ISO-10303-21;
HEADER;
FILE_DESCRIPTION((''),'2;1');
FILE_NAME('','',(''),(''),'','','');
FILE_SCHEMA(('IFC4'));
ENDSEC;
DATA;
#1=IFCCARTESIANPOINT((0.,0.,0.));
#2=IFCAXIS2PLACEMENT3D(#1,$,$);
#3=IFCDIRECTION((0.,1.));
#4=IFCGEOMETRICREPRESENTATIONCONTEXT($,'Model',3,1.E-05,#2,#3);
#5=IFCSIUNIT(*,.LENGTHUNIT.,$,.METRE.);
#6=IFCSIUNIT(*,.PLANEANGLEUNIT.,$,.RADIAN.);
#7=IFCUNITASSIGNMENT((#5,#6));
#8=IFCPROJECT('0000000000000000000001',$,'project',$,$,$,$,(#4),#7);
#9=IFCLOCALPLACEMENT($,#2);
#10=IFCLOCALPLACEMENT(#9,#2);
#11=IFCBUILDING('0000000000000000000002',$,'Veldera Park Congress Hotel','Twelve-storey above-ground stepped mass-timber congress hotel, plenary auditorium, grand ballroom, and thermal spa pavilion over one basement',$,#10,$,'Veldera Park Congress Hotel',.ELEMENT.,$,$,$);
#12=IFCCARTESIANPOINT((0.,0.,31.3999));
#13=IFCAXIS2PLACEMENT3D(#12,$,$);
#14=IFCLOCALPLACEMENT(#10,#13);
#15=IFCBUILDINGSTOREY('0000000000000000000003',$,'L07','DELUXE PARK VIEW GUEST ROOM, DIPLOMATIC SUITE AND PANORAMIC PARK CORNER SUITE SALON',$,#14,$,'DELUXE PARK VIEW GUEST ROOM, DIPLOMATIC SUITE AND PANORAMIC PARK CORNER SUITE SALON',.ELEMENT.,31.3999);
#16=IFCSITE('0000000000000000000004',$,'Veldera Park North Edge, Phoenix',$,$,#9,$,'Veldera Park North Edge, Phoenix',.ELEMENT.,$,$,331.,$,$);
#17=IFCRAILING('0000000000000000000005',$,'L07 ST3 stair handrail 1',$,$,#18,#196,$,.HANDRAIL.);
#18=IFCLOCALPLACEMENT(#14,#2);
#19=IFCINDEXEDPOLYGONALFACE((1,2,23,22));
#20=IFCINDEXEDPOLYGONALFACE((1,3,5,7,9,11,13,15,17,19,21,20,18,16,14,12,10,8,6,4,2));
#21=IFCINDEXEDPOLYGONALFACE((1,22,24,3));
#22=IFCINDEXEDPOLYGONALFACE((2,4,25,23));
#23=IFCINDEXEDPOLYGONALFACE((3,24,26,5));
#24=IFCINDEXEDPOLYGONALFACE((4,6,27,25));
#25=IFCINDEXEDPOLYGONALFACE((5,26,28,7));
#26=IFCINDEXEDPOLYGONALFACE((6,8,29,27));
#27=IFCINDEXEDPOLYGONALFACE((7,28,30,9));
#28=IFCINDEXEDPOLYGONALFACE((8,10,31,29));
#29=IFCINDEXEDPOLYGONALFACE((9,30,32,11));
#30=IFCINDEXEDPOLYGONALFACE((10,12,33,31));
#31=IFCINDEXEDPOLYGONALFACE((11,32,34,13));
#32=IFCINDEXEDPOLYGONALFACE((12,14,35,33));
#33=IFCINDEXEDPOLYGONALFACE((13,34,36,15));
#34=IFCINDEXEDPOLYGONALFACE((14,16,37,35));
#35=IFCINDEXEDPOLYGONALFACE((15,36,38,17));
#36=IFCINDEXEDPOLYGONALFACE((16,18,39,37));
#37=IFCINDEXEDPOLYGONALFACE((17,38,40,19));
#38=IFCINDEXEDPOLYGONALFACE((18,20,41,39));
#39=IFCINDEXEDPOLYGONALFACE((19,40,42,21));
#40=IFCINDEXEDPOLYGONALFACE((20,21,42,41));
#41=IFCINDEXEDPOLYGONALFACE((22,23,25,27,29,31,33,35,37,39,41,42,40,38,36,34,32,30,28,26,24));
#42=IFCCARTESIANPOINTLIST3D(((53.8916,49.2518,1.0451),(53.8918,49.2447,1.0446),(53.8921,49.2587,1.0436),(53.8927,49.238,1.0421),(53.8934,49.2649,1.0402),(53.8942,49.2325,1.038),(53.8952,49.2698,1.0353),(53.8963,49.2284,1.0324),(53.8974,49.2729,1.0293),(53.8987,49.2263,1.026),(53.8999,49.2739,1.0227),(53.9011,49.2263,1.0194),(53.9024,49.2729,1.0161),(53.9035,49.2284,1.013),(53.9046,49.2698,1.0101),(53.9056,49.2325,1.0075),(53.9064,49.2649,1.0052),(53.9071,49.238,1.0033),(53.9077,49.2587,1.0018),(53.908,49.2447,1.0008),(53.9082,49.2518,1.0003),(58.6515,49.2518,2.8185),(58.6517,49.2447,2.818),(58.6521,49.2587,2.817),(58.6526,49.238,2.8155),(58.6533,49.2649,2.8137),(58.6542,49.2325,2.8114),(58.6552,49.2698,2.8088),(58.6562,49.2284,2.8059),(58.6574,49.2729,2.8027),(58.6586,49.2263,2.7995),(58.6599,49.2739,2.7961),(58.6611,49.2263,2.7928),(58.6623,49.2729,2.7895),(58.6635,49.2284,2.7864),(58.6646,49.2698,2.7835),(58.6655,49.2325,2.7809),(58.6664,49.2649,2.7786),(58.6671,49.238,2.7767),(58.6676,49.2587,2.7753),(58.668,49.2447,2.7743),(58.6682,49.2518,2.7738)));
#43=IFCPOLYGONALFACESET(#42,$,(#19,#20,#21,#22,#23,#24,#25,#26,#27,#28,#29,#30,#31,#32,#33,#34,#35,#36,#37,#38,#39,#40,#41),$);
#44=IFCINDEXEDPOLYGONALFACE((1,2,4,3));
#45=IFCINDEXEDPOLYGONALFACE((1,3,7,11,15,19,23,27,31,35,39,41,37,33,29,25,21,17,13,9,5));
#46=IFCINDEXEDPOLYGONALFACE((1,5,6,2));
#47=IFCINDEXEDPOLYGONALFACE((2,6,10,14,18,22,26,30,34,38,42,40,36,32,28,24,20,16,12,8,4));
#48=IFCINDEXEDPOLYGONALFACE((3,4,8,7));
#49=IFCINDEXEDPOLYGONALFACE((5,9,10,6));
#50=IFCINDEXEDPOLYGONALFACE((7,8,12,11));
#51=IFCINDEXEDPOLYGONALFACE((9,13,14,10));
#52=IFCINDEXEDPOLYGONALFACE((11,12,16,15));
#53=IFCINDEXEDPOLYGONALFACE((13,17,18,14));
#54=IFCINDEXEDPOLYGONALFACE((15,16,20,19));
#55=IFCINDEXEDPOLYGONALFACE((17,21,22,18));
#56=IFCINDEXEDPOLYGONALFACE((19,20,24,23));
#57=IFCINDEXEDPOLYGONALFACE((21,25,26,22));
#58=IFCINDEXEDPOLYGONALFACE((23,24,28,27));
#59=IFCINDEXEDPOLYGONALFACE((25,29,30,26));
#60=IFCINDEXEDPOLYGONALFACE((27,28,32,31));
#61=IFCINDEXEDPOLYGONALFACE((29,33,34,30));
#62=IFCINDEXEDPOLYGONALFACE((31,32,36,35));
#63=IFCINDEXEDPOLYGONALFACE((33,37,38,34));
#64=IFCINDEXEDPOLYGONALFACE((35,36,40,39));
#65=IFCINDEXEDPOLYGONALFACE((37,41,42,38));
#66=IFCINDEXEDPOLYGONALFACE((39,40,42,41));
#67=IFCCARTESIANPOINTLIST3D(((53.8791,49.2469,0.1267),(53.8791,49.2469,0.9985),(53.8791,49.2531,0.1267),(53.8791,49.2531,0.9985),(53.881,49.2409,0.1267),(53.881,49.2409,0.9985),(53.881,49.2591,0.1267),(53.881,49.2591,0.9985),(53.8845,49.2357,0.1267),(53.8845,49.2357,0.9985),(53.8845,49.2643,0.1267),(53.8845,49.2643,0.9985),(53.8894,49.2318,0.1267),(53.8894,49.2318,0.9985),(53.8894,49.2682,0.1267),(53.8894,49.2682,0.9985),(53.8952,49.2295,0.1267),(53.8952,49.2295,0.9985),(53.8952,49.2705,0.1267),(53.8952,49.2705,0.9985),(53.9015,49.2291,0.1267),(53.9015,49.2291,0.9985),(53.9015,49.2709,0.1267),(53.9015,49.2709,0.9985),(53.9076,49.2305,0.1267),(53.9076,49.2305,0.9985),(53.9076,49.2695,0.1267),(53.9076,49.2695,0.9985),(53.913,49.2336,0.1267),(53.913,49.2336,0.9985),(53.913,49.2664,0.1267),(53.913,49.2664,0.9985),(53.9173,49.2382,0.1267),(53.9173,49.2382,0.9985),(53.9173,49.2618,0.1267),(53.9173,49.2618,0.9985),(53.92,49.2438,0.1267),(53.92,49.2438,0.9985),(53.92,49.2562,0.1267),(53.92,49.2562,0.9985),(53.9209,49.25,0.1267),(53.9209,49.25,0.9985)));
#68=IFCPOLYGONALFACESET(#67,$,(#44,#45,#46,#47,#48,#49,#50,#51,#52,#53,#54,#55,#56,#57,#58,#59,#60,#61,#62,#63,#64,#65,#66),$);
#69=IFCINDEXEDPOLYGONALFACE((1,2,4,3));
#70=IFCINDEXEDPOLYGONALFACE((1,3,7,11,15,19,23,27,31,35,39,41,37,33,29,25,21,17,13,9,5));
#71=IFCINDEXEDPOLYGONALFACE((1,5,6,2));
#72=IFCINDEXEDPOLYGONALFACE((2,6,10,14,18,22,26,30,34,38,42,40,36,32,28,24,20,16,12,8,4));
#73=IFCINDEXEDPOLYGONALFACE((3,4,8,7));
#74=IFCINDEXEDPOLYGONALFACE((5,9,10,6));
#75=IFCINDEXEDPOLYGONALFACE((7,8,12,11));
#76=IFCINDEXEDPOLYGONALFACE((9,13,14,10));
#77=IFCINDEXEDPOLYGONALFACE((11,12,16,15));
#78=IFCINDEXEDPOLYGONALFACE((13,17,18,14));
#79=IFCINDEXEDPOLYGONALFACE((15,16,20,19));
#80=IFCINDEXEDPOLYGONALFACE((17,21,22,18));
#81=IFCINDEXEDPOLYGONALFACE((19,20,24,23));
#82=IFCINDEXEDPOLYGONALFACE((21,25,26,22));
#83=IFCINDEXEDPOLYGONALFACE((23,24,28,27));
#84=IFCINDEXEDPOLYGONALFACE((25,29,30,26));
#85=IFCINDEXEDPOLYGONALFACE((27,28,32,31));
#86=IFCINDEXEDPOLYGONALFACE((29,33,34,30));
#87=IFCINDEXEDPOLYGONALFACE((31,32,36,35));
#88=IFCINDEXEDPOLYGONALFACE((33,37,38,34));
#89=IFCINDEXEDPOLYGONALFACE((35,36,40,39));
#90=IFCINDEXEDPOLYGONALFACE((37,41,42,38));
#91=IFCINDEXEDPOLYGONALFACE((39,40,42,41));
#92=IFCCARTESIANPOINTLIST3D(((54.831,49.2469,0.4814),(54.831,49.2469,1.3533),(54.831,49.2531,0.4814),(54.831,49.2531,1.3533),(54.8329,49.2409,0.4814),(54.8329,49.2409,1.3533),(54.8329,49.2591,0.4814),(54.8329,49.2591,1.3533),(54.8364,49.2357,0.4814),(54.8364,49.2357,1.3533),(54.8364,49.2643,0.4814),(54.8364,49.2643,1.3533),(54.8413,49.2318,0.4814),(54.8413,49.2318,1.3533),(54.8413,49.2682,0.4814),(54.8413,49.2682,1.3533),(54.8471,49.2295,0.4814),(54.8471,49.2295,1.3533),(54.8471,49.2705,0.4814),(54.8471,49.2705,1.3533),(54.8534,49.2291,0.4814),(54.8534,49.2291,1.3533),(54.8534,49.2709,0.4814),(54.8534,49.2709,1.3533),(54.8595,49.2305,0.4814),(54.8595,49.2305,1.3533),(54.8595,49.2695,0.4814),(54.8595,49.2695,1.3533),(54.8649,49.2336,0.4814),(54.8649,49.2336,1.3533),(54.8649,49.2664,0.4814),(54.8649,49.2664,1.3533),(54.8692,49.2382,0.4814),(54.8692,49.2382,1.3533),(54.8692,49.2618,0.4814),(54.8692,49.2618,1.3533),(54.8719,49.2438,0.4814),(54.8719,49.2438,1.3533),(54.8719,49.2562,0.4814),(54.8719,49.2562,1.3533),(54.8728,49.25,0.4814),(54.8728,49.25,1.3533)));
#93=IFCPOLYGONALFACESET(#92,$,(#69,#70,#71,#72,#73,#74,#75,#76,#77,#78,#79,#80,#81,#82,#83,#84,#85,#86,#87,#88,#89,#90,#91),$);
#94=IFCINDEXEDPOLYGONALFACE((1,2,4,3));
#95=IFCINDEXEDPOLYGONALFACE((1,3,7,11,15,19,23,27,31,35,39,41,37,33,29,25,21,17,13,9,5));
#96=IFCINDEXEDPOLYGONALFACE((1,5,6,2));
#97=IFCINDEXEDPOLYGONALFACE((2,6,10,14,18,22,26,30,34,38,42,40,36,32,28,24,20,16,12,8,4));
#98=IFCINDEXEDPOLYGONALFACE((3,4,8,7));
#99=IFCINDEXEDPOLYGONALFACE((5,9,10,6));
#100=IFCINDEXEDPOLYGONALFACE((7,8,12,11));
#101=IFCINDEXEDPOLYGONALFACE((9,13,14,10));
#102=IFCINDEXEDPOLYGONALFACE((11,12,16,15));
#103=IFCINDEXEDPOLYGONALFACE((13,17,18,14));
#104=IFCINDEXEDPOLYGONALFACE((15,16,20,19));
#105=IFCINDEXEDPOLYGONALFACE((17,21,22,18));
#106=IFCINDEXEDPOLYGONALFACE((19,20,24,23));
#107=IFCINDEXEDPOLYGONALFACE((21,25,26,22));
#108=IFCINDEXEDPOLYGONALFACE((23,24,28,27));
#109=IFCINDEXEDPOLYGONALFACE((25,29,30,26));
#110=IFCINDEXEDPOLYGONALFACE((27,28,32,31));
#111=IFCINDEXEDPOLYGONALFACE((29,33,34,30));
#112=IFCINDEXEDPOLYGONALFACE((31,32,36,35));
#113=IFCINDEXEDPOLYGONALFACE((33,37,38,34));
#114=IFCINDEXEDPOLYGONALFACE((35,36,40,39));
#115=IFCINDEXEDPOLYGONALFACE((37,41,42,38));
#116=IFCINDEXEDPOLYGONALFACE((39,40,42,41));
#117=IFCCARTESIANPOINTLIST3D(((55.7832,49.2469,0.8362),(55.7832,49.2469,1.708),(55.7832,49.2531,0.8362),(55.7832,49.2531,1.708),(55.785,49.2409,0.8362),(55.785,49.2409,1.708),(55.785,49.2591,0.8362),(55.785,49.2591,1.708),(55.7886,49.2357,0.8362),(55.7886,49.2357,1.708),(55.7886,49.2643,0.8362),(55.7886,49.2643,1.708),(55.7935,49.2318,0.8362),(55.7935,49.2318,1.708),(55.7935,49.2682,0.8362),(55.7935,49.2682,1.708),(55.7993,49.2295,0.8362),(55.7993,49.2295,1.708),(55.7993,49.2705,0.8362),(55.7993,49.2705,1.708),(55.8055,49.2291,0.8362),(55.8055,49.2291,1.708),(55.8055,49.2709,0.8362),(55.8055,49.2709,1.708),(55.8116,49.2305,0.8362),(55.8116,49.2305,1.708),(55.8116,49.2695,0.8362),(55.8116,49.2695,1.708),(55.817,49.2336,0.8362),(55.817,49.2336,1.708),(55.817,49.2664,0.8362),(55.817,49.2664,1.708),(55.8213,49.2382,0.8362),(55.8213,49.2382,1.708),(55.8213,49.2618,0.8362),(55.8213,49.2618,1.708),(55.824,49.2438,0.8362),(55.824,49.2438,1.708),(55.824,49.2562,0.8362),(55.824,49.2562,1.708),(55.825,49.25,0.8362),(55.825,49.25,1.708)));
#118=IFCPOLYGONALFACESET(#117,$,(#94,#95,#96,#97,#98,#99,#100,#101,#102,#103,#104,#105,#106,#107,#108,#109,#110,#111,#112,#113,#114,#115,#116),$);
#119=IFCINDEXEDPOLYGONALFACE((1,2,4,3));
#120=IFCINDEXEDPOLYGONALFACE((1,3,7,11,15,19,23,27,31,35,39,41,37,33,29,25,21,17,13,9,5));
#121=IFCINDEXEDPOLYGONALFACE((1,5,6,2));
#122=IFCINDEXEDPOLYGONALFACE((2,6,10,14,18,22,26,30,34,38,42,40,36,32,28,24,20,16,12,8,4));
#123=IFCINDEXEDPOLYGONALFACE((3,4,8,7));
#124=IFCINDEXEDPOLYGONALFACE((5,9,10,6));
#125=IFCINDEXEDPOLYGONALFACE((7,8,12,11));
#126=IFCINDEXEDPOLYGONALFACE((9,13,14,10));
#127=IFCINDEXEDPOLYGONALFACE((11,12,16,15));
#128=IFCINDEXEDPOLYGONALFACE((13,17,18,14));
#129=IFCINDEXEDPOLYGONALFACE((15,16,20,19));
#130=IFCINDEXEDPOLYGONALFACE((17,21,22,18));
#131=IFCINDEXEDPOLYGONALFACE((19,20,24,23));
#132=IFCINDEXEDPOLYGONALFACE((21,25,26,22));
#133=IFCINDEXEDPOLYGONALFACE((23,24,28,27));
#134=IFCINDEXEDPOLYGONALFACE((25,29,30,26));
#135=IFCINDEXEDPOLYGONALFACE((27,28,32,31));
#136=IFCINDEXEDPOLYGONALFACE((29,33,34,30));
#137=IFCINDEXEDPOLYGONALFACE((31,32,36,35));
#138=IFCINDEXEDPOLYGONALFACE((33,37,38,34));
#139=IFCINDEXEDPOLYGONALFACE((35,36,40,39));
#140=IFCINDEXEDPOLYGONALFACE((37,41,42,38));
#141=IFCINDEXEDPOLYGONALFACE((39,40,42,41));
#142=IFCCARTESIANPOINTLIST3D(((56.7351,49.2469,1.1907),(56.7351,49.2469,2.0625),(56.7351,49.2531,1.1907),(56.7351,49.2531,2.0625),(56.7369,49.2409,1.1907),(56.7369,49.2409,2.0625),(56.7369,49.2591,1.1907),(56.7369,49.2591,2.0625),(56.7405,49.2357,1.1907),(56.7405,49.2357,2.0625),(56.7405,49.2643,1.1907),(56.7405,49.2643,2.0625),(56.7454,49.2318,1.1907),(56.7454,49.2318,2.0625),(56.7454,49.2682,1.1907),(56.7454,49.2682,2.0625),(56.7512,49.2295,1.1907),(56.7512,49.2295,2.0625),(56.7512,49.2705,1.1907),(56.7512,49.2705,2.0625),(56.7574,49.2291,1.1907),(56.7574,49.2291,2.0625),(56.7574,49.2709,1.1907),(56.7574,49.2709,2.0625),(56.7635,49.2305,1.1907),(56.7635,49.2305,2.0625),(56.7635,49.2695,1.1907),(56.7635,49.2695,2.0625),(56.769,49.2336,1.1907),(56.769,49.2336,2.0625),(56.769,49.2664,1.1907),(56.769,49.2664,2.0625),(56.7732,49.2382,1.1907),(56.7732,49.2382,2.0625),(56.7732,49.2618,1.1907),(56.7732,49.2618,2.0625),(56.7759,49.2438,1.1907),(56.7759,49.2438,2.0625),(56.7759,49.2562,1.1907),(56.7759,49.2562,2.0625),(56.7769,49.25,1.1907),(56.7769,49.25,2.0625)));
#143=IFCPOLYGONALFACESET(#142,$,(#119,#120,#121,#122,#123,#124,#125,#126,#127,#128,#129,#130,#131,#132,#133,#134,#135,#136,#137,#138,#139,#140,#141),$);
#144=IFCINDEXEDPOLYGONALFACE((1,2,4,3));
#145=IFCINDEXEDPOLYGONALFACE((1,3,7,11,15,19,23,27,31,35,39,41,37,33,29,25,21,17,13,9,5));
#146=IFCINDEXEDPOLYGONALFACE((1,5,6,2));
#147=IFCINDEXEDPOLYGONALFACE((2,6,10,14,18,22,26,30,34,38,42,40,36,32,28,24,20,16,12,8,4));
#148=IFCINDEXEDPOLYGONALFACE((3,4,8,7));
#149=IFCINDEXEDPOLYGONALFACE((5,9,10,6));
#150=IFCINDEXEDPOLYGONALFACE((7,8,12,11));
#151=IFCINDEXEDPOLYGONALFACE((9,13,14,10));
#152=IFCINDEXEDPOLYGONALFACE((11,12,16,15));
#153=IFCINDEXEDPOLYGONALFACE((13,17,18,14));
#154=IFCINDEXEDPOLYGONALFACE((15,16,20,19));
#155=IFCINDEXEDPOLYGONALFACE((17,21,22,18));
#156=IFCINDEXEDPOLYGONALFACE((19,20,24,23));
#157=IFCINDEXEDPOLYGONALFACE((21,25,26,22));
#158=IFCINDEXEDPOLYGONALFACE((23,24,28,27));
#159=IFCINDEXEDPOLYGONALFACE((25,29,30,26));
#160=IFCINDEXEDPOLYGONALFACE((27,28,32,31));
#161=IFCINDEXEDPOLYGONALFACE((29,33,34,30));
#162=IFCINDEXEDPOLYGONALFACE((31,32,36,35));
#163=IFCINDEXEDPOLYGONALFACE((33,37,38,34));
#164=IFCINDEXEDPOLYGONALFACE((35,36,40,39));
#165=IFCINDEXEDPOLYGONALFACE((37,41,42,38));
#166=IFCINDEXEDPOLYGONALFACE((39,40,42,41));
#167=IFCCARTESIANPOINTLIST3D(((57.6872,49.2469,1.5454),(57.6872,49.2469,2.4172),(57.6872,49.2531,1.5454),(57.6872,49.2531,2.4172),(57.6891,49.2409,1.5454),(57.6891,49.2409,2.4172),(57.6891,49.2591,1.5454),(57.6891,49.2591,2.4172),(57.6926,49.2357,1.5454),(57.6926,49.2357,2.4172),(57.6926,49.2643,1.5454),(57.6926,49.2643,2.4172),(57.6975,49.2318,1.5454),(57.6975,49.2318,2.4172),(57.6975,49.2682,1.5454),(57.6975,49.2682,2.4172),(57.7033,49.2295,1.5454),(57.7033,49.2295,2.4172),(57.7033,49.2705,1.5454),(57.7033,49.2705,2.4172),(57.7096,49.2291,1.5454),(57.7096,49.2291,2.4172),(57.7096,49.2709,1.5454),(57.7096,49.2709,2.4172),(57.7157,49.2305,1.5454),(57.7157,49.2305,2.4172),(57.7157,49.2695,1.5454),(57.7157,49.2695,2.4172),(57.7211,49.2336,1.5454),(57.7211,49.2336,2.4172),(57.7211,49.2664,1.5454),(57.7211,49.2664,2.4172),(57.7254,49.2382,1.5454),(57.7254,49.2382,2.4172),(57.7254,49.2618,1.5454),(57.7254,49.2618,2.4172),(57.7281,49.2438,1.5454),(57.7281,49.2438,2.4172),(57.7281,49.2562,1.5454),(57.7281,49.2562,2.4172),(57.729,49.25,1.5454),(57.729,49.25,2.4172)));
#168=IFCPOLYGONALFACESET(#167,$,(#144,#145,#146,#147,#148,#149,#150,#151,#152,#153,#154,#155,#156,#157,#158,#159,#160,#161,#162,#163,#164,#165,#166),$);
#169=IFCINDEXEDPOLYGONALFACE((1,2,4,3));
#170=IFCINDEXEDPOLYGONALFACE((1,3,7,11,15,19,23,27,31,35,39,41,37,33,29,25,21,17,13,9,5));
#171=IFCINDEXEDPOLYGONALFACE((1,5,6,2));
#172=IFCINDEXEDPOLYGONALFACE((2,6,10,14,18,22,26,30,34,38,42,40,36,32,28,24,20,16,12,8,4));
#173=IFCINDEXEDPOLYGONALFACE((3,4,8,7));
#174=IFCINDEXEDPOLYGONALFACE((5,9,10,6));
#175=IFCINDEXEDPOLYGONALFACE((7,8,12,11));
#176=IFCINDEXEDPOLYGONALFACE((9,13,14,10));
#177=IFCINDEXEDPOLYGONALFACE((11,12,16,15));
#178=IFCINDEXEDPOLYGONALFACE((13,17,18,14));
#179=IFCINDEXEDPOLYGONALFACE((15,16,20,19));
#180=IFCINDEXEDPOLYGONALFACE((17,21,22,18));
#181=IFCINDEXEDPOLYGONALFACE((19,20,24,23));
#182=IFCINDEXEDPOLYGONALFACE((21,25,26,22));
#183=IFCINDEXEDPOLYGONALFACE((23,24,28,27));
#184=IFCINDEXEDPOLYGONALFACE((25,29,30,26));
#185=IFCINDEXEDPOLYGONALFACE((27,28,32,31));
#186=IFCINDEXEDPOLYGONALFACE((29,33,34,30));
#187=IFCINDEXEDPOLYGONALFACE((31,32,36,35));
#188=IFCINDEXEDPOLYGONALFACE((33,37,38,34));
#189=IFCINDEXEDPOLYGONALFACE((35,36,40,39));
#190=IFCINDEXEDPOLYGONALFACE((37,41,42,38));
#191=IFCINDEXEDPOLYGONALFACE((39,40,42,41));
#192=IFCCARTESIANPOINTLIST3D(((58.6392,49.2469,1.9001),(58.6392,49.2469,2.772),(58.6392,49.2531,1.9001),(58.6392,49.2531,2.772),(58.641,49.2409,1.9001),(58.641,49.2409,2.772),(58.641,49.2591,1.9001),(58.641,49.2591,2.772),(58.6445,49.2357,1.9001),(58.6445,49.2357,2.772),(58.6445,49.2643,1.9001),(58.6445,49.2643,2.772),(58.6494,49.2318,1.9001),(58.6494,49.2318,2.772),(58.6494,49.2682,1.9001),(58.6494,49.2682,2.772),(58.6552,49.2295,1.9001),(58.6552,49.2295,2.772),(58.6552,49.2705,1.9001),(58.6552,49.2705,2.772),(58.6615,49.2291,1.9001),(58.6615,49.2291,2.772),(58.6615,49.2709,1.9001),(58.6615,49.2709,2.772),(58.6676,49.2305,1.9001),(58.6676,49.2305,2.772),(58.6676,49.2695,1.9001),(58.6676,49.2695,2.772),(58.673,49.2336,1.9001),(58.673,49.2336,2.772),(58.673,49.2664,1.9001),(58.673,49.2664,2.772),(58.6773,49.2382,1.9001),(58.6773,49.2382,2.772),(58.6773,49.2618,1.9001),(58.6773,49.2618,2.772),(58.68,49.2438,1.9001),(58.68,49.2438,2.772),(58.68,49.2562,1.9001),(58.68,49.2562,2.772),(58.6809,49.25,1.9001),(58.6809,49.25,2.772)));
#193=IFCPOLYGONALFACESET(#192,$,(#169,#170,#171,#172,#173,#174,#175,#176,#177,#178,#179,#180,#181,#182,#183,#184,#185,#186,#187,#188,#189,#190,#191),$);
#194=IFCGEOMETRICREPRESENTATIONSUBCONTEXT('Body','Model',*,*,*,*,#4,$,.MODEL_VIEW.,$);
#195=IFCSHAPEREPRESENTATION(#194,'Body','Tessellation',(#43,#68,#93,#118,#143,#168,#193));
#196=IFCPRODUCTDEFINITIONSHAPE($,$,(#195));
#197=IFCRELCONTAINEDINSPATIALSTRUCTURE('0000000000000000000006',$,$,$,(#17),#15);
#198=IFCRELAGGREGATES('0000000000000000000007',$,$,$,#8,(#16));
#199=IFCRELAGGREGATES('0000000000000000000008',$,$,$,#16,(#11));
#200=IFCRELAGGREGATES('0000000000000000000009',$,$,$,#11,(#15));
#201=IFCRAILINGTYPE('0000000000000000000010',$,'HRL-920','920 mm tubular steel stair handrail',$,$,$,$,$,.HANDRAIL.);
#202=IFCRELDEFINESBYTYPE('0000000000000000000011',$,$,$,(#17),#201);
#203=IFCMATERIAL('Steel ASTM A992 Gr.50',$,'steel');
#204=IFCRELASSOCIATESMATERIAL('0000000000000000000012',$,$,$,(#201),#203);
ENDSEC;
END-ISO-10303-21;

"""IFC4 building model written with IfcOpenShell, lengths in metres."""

from ifc_helpers import new_model, si_unit, direction, frame, origin, origin_2d, place, context, subcontext, project, spatial, circle, extrude, material, type_object, element, save


model = new_model("IFC4")

# Units and contexts
model_context = context("Model", 3, precision=1e-05, world=origin(), true_north=direction((0.0, 1.0)))
body_context = subcontext(model_context, "Body", "Model", "MODEL_VIEW")
ifc_project = project(units=[si_unit("LENGTHUNIT", "METRE"), si_unit("PLANEANGLEUNIT", "RADIAN")], contexts=[model_context])

# Site, building, storey
site_placement = place(None, origin())
site = spatial("IfcSite", under=ifc_project, at=site_placement, Name="Veldera Park North Edge, Phoenix", LongName="Veldera Park North Edge, Phoenix", CompositionType="ELEMENT", RefElevation=331.0)
building_placement = place(site_placement, origin())
building = spatial("IfcBuilding", under=site, at=building_placement, Name="Veldera Park Congress Hotel", Description="Twelve-storey above-ground stepped mass-timber congress hotel, plenary auditorium, grand ballroom, and thermal spa pavilion over one basement", LongName="Veldera Park Congress Hotel", CompositionType="ELEMENT")
storey_placement = place(building_placement, frame((0.0, 0.0, 31.3999)))
storey = spatial("IfcBuildingStorey", under=building, at=storey_placement, Name="L07", Description="DELUXE PARK VIEW GUEST ROOM, DIPLOMATIC SUITE AND PANORAMIC PARK CORNER SUITE SALON", LongName="DELUXE PARK VIEW GUEST ROOM, DIPLOMATIC SUITE AND PANORAMIC PARK CORNER SUITE SALON", CompositionType="ELEMENT", Elevation=31.3999)

# Railing
ifc_material_1 = material(Name="Steel ASTM A992 Gr.50", Category="steel")
railing_type = type_object("IfcRailingType", Name="HRL-920", Description="920 mm tubular steel stair handrail", PredefinedType="HANDRAIL", material=ifc_material_1)
railing_placement = place(storey_placement, frame((53.8999, 49.25, 0.1267)))
element("IfcRailing", 1, at=railing_placement, inside=storey, type_object=railing_type, Name="L07 ST3 stair handrail 1", PredefinedType="HANDRAIL", context=body_context, shape_type="SweptSolid", body=[
    extrude(circle(Radius=0.0239, at=origin_2d()), frame((0.0, 0.0, 0.896), z_axis=(0.937076, 0.0, 0.349126), x_axis=(0.0, 1.0, 0.0)), (0.0, 0.0, 1.0), 5.0796),
    extrude(circle(Radius=0.021, at=origin_2d()), origin(), (0.0, 0.0, 1.0), 0.8718),
    extrude(circle(Radius=0.021, at=origin_2d()), frame((0.9519, 0.0, 0.3547)), (0.0, 0.0, 1.0), 0.8718),
    extrude(circle(Radius=0.021, at=origin_2d()), frame((1.9041, 0.0, 0.7095)), (0.0, 0.0, 1.0), 0.8718),
    extrude(circle(Radius=0.021, at=origin_2d()), frame((2.856, 0.0, 1.064)), (0.0, 0.0, 1.0), 0.8718),
    extrude(circle(Radius=0.021, at=origin_2d()), frame((3.8081, 0.0, 1.4187)), (0.0, 0.0, 1.0), 0.8718),
    extrude(circle(Radius=0.021, at=origin_2d()), frame((4.76, 0.0, 1.7734)), (0.0, 0.0, 1.0), 0.8718),
])

save(model, "model.ifc")
